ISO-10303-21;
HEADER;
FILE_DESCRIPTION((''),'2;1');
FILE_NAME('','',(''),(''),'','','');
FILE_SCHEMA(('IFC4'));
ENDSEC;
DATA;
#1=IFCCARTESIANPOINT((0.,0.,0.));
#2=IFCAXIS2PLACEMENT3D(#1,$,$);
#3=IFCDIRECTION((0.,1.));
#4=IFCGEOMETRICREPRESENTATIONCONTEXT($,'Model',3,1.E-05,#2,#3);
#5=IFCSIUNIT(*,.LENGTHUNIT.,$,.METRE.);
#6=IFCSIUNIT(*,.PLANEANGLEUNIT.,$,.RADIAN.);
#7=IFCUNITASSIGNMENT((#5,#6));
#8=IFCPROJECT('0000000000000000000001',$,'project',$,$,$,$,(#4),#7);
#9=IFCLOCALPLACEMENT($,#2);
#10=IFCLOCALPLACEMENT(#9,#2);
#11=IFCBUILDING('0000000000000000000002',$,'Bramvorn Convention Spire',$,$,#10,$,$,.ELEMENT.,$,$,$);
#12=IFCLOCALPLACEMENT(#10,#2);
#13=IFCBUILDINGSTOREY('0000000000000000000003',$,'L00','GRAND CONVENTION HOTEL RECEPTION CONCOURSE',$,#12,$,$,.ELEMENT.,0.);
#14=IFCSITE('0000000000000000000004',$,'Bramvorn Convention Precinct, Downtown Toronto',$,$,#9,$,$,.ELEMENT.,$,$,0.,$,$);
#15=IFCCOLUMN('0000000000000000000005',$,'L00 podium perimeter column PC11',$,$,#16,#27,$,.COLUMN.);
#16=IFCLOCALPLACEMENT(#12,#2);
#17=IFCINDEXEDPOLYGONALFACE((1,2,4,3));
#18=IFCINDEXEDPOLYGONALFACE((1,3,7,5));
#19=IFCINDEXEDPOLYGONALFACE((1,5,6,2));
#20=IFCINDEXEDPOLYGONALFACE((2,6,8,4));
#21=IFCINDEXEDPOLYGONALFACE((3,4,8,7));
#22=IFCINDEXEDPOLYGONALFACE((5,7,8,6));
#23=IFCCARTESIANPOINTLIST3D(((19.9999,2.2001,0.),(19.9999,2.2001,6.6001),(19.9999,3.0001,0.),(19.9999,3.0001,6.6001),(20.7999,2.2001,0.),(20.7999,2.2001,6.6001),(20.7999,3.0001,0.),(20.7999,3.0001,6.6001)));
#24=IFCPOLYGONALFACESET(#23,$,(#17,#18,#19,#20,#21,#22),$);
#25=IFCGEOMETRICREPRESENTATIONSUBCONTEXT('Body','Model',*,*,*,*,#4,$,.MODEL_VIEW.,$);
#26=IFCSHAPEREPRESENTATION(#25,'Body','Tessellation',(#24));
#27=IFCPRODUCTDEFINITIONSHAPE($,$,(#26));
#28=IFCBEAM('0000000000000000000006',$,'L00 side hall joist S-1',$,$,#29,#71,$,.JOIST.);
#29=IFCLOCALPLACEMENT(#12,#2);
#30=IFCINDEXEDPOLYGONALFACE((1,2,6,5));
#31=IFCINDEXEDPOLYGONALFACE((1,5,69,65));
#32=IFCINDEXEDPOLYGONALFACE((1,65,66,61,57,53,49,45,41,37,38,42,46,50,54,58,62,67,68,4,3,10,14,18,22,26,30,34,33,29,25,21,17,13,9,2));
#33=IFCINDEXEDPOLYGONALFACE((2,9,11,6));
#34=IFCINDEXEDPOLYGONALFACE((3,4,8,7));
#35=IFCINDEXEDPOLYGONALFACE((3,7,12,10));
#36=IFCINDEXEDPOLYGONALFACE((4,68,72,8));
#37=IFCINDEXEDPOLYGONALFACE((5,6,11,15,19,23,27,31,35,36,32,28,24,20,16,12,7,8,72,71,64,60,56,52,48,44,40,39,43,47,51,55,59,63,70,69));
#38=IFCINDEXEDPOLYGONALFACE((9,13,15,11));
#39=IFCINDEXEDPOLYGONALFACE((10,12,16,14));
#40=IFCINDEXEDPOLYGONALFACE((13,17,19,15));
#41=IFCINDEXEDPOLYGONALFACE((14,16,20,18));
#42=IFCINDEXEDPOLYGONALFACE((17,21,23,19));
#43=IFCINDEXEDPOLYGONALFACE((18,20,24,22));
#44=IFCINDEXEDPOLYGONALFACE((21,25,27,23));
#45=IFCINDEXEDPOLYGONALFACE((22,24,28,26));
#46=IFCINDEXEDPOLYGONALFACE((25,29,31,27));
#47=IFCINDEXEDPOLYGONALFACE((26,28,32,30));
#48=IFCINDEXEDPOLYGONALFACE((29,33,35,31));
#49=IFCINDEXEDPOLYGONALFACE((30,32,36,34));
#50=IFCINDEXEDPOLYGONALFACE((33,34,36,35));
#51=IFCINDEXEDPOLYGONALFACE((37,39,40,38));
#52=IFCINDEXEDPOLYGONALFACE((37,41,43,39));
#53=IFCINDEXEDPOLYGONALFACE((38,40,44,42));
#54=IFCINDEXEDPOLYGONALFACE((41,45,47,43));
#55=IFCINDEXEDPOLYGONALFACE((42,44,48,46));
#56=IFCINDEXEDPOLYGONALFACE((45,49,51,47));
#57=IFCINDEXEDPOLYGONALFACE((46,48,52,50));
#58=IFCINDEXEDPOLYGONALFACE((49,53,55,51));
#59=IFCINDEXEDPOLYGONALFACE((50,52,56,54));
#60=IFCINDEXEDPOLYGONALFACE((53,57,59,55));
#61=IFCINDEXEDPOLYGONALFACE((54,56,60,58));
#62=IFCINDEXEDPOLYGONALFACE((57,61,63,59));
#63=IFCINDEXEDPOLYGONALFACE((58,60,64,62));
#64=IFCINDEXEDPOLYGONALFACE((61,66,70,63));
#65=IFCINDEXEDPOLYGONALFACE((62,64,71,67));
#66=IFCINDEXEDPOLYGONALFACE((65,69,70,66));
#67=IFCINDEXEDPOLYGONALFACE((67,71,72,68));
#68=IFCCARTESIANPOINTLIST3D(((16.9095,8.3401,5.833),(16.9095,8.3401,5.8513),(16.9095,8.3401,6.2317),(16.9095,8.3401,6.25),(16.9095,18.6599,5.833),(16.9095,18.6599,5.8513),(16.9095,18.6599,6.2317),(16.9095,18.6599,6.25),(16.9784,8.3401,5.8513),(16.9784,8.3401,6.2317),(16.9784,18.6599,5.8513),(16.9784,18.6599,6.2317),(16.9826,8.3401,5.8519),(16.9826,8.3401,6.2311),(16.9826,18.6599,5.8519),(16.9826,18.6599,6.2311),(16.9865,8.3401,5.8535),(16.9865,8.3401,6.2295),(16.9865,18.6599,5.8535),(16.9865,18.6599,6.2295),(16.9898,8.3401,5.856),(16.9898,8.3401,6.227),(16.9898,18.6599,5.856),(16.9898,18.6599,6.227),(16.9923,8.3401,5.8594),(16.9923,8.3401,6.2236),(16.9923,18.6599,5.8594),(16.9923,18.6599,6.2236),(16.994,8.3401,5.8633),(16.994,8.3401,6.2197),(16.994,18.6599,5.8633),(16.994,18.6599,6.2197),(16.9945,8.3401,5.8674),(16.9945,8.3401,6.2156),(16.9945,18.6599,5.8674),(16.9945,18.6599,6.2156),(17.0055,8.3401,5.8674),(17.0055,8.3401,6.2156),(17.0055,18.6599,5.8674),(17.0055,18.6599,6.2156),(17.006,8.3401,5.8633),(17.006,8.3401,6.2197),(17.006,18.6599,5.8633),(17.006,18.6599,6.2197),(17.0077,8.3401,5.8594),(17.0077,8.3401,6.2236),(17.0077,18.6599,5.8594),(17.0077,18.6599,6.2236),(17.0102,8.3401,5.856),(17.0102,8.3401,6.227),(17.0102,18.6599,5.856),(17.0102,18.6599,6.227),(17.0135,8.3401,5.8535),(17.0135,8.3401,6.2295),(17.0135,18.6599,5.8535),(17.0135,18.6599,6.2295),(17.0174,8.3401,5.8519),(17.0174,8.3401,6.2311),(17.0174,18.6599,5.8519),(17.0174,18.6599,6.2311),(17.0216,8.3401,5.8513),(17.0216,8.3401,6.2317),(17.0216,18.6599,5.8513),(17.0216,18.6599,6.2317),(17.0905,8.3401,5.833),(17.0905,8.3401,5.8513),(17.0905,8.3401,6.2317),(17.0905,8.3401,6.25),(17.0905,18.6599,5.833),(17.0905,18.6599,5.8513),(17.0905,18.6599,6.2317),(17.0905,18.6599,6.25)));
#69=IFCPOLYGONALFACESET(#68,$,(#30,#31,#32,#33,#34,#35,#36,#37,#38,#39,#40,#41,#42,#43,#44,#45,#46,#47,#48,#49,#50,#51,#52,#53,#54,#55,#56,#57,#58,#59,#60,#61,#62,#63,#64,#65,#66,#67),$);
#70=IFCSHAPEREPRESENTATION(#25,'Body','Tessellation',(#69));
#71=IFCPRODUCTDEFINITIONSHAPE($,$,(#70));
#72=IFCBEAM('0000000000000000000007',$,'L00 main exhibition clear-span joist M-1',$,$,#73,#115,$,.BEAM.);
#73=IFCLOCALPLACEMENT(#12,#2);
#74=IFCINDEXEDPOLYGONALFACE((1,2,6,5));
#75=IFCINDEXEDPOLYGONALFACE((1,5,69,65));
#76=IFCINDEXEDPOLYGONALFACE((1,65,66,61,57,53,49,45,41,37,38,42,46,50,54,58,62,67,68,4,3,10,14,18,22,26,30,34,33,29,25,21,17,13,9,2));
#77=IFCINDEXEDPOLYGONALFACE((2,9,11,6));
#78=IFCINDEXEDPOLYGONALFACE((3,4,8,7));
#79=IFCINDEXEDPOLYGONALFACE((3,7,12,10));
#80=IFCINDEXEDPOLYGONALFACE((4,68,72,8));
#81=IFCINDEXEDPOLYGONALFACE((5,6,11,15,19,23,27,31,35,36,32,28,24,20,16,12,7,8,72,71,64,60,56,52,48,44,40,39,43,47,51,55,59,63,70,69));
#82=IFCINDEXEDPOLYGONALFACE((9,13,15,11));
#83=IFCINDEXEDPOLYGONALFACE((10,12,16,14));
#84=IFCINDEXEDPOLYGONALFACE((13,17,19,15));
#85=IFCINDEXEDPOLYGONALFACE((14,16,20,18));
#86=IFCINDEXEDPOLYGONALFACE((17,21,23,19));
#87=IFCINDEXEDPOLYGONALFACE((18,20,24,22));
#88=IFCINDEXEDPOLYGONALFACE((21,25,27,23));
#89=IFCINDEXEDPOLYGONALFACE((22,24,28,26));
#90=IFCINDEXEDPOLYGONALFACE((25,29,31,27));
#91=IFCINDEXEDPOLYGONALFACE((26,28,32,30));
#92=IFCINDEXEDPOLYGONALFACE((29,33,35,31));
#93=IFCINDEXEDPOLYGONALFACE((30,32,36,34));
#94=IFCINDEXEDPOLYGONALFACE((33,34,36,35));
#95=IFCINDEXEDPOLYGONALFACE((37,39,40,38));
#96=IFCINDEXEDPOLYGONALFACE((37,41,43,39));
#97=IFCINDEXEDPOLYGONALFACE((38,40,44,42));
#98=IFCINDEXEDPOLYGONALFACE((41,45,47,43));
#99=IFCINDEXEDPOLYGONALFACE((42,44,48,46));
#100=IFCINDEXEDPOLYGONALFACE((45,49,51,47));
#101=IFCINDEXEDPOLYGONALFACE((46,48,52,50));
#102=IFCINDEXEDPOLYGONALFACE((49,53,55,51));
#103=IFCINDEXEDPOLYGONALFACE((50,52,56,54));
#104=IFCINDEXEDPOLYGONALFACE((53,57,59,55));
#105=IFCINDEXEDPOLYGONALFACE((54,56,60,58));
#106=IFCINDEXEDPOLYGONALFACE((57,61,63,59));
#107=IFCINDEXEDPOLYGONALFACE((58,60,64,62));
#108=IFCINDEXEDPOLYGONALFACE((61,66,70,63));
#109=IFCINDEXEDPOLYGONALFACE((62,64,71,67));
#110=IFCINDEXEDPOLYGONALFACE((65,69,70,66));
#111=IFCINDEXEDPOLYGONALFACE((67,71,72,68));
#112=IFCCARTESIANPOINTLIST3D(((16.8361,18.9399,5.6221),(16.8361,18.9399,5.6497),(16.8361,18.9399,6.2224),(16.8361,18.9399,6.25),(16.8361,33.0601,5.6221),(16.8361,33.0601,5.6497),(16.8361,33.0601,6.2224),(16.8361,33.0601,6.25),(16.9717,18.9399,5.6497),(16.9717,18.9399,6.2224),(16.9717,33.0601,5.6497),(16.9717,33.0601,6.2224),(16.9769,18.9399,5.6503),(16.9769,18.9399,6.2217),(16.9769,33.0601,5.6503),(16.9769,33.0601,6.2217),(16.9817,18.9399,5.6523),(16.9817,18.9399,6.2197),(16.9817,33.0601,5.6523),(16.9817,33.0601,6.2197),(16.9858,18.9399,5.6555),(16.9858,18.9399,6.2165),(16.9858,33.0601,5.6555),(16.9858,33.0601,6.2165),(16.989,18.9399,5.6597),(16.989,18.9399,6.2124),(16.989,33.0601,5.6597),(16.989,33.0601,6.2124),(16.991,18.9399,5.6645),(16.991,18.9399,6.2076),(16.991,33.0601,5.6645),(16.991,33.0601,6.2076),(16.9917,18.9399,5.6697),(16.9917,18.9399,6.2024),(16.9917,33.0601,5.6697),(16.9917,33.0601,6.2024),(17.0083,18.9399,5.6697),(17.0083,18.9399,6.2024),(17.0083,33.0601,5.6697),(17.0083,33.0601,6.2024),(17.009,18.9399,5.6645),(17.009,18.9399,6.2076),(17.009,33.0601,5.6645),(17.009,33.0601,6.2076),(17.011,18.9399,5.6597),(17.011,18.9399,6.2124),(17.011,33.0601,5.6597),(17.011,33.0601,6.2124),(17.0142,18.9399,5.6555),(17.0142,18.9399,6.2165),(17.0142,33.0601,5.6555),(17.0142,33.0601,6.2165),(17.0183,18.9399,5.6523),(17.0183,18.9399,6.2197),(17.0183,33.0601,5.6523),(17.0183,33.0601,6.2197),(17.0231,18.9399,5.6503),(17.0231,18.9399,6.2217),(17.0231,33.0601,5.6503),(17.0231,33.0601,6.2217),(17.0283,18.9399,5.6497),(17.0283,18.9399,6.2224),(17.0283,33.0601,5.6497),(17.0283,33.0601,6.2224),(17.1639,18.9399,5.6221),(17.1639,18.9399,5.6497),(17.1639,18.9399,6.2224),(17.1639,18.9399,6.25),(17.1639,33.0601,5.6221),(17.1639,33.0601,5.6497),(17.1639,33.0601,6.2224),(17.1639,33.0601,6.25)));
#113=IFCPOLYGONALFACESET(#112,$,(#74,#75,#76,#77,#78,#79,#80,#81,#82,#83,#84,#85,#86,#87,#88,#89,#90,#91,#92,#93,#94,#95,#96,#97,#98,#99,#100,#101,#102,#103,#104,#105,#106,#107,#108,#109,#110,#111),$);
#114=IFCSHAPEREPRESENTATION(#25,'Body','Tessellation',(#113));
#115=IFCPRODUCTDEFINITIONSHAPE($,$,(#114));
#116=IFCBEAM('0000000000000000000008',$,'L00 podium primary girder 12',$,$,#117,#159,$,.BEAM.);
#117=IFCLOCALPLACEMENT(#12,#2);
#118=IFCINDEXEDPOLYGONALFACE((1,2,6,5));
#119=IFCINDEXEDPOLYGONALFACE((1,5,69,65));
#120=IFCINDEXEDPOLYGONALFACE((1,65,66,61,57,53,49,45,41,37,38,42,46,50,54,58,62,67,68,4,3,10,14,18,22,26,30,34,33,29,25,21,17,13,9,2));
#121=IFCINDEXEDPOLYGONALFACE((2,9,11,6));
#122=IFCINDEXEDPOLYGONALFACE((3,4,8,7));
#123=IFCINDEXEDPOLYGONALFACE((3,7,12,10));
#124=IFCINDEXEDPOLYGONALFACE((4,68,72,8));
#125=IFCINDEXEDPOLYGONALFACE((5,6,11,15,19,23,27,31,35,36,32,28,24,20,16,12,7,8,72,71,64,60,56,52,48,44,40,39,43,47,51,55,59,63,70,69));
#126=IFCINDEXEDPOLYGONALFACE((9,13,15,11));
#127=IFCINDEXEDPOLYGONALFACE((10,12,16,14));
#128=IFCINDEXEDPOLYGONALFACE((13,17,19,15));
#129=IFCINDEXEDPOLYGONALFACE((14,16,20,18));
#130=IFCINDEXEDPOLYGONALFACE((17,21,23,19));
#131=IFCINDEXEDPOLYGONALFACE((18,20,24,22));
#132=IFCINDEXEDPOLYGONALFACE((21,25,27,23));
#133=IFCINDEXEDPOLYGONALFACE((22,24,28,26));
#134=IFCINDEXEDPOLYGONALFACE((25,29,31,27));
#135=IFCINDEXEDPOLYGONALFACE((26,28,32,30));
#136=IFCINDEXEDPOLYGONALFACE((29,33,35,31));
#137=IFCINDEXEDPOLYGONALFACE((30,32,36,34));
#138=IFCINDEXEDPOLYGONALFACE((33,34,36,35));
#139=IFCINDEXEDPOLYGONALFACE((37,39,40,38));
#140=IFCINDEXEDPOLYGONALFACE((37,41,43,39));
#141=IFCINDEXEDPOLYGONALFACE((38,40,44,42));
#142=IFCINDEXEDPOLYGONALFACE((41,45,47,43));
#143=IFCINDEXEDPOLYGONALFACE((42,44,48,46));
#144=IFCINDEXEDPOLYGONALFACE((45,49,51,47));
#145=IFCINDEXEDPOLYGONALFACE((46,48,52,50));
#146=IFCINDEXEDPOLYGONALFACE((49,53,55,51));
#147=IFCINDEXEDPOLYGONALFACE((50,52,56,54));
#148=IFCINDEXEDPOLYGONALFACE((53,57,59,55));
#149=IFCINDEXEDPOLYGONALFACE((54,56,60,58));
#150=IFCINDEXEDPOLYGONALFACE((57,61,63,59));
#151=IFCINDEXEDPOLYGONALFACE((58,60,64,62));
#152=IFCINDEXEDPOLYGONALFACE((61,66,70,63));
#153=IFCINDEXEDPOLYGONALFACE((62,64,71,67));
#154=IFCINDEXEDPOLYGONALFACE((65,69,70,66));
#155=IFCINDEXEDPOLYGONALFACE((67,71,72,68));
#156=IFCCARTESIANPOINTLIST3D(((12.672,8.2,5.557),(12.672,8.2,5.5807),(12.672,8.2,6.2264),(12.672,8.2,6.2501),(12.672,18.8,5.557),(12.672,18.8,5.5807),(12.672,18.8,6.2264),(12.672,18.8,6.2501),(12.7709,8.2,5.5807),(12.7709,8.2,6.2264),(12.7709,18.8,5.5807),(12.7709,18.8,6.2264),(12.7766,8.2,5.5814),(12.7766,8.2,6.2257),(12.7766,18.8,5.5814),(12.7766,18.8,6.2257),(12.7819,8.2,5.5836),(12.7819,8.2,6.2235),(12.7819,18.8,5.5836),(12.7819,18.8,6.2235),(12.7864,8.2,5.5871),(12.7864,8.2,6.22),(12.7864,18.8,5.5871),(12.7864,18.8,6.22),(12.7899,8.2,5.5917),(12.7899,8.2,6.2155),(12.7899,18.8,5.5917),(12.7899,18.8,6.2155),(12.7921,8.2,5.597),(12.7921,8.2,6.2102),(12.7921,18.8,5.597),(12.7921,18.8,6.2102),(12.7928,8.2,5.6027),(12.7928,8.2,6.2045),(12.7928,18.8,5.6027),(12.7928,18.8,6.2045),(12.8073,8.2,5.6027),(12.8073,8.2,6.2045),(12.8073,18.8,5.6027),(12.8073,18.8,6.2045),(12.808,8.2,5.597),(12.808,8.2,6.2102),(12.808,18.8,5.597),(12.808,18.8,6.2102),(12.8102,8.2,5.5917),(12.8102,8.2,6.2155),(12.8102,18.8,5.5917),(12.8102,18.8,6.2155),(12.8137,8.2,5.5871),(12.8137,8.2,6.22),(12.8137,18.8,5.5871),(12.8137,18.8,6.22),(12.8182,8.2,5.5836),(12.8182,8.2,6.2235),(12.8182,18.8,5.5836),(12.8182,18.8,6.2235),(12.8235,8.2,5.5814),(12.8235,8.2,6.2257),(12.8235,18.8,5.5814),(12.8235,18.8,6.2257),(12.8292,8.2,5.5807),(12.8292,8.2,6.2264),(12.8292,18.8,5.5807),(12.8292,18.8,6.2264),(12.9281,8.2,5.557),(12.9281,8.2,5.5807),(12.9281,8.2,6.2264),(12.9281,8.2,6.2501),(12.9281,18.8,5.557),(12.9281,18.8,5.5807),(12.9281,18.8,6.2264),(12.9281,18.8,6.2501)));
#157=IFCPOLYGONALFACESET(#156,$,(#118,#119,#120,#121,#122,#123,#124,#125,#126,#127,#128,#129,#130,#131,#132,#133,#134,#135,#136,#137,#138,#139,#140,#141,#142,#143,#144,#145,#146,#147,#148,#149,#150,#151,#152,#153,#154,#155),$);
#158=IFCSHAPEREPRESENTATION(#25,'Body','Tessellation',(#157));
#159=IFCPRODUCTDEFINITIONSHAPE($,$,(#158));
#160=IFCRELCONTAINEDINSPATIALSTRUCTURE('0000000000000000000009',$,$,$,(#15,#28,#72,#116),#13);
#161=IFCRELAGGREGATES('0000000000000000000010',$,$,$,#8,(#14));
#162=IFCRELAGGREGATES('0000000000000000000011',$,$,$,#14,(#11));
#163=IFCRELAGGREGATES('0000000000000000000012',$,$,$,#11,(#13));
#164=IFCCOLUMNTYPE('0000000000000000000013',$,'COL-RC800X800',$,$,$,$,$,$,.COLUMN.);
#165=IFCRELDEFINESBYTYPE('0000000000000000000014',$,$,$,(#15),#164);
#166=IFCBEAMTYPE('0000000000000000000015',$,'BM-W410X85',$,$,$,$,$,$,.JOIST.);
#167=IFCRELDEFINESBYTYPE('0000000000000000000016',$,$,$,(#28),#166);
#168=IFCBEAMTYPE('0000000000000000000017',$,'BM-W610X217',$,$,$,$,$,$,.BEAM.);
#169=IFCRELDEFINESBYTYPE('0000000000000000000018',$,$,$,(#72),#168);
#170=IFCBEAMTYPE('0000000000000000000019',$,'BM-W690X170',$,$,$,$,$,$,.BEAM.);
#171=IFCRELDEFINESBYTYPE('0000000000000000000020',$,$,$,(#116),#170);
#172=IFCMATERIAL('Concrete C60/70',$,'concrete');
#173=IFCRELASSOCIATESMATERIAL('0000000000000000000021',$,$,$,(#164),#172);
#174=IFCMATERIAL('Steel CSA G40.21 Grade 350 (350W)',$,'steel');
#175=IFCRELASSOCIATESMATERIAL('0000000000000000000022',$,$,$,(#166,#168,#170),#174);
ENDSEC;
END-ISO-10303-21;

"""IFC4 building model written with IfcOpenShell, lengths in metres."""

from ifc_helpers import new_model, si_unit, direction, frame, origin, origin_2d, place, context, subcontext, project, spatial, rectangle, i_section, extrude, material, material_profile, profile_set, type_object, element, save


model = new_model("IFC4")

# Units and contexts
model_context = context("Model", 3, precision=1e-05, world=origin(), true_north=direction((0.0, 1.0)))
body_context = subcontext(model_context, "Body", "Model", "MODEL_VIEW")
ifc_project = project(units=[si_unit("LENGTHUNIT", "METRE"), si_unit("PLANEANGLEUNIT", "RADIAN")], contexts=[model_context])

# Site, building, storey
site_placement = place(None, origin())
site = spatial("IfcSite", under=ifc_project, at=site_placement, Name="Bramvorn Convention Precinct, Downtown Toronto", CompositionType="ELEMENT", RefElevation=0.0)
building_placement = place(site_placement, origin())
building = spatial("IfcBuilding", under=site, at=building_placement, Name="Bramvorn Convention Spire", CompositionType="ELEMENT")
storey_placement = place(building_placement, origin())
storey = spatial("IfcBuildingStorey", under=building, at=storey_placement, Name="L00", Description="GRAND CONVENTION HOTEL RECEPTION CONCOURSE", CompositionType="ELEMENT", Elevation=0.0)

# Column
ifc_material_1 = material(Name="Steel CSA G40.21 Grade 350 (350W)", Category="steel")
ifc_material_2 = material(Name="Concrete C60/70", Category="concrete")
ifc_material_profile_1 = material_profile(ifc_material_2, rectangle(XDim=0.8, YDim=0.8, at=origin_2d()))
ifc_profile_set_1 = profile_set([ifc_material_profile_1], Name="Concrete C60/70 - RC800X800")
column_type_1 = type_object("IfcColumnType", Name="COL-RC800X800", PredefinedType="COLUMN", material=ifc_profile_set_1)
column_placement = place(storey_placement, frame((20.3999, 2.6001, 0.0), z_axis=(0.0, 0.0, 1.0), x_axis=(1.0, 0.0, 0.0)))
element("IfcColumn", 1, at=column_placement, inside=storey, type_object=column_type_1, Name="L00 podium perimeter column PC11", PredefinedType="COLUMN", context=body_context, shape_type="SweptSolid", body=[
    extrude(rectangle(XDim=0.8, YDim=0.8, at=origin_2d()), origin(), (0.0, 0.0, 1.0), 6.6001),
])

# Beams
ifc_material_profile_2 = material_profile(ifc_material_1, i_section(OverallWidth=0.1809, OverallDepth=0.417, WebThickness=0.011, FlangeThickness=0.0183, FilletRadius=0.0161, at=origin_2d()))
ifc_profile_set_2 = profile_set([ifc_material_profile_2], Name="Steel CSA G40.21 Grade 350 (350W) - W410X85")
beam_type_1 = type_object("IfcBeamType", Name="BM-W410X85", PredefinedType="JOIST", material=ifc_profile_set_2)
beam_1_placement = place(storey_placement, frame((17.0, 8.3401, 6.0415), z_axis=(0.0, 1.0, 0.0), x_axis=(-1.0, 0.0, 0.0)))
element("IfcBeam", 2, at=beam_1_placement, inside=storey, type_object=beam_type_1, Name="L00 side hall joist S-1", PredefinedType="JOIST", context=body_context, shape_type="SweptSolid", body=[
    extrude(i_section(OverallWidth=0.1809, OverallDepth=0.417, WebThickness=0.011, FlangeThickness=0.0183, FilletRadius=0.0161, at=origin_2d()), origin(), (0.0, 0.0, 1.0), 10.3198),
])
ifc_material_profile_3 = material_profile(ifc_material_1, i_section(OverallWidth=0.3279, OverallDepth=0.6279, WebThickness=0.0166, FlangeThickness=0.0276, FilletRadius=0.02, at=origin_2d()))
ifc_profile_set_3 = profile_set([ifc_material_profile_3], Name="Steel CSA G40.21 Grade 350 (350W) - W610X217")
beam_type_2 = type_object("IfcBeamType", Name="BM-W610X217", PredefinedType="BEAM", material=ifc_profile_set_3)
beam_2_placement = place(storey_placement, frame((17.0, 18.9399, 5.936), z_axis=(0.0, 1.0, 0.0), x_axis=(-1.0, 0.0, 0.0)))
element("IfcBeam", 3, at=beam_2_placement, inside=storey, type_object=beam_type_2, Name="L00 main exhibition clear-span joist M-1", PredefinedType="BEAM", context=body_context, shape_type="SweptSolid", body=[
    extrude(i_section(OverallWidth=0.3279, OverallDepth=0.6279, WebThickness=0.0166, FlangeThickness=0.0276, FilletRadius=0.02, at=origin_2d()), origin(), (0.0, 0.0, 1.0), 14.1201),
])
ifc_material_profile_4 = material_profile(ifc_material_1, i_section(OverallWidth=0.2561, OverallDepth=0.6931, WebThickness=0.0144, FlangeThickness=0.0237, FilletRadius=0.022, at=origin_2d()))
ifc_profile_set_4 = profile_set([ifc_material_profile_4], Name="Steel CSA G40.21 Grade 350 (350W) - W690X170")
beam_type_3 = type_object("IfcBeamType", Name="BM-W690X170", PredefinedType="BEAM", material=ifc_profile_set_4)
beam_3_placement = place(storey_placement, frame((12.8, 8.2, 5.9036), z_axis=(0.0, 1.0, 0.0), x_axis=(-1.0, 0.0, 0.0)))
element("IfcBeam", 4, at=beam_3_placement, inside=storey, type_object=beam_type_3, Name="L00 podium primary girder 12", PredefinedType="BEAM", context=body_context, shape_type="SweptSolid", body=[
    extrude(i_section(OverallWidth=0.2561, OverallDepth=0.6931, WebThickness=0.0144, FlangeThickness=0.0237, FilletRadius=0.022, at=origin_2d()), origin(), (0.0, 0.0, 1.0), 10.6001),
])

save(model, "model.ifc")
